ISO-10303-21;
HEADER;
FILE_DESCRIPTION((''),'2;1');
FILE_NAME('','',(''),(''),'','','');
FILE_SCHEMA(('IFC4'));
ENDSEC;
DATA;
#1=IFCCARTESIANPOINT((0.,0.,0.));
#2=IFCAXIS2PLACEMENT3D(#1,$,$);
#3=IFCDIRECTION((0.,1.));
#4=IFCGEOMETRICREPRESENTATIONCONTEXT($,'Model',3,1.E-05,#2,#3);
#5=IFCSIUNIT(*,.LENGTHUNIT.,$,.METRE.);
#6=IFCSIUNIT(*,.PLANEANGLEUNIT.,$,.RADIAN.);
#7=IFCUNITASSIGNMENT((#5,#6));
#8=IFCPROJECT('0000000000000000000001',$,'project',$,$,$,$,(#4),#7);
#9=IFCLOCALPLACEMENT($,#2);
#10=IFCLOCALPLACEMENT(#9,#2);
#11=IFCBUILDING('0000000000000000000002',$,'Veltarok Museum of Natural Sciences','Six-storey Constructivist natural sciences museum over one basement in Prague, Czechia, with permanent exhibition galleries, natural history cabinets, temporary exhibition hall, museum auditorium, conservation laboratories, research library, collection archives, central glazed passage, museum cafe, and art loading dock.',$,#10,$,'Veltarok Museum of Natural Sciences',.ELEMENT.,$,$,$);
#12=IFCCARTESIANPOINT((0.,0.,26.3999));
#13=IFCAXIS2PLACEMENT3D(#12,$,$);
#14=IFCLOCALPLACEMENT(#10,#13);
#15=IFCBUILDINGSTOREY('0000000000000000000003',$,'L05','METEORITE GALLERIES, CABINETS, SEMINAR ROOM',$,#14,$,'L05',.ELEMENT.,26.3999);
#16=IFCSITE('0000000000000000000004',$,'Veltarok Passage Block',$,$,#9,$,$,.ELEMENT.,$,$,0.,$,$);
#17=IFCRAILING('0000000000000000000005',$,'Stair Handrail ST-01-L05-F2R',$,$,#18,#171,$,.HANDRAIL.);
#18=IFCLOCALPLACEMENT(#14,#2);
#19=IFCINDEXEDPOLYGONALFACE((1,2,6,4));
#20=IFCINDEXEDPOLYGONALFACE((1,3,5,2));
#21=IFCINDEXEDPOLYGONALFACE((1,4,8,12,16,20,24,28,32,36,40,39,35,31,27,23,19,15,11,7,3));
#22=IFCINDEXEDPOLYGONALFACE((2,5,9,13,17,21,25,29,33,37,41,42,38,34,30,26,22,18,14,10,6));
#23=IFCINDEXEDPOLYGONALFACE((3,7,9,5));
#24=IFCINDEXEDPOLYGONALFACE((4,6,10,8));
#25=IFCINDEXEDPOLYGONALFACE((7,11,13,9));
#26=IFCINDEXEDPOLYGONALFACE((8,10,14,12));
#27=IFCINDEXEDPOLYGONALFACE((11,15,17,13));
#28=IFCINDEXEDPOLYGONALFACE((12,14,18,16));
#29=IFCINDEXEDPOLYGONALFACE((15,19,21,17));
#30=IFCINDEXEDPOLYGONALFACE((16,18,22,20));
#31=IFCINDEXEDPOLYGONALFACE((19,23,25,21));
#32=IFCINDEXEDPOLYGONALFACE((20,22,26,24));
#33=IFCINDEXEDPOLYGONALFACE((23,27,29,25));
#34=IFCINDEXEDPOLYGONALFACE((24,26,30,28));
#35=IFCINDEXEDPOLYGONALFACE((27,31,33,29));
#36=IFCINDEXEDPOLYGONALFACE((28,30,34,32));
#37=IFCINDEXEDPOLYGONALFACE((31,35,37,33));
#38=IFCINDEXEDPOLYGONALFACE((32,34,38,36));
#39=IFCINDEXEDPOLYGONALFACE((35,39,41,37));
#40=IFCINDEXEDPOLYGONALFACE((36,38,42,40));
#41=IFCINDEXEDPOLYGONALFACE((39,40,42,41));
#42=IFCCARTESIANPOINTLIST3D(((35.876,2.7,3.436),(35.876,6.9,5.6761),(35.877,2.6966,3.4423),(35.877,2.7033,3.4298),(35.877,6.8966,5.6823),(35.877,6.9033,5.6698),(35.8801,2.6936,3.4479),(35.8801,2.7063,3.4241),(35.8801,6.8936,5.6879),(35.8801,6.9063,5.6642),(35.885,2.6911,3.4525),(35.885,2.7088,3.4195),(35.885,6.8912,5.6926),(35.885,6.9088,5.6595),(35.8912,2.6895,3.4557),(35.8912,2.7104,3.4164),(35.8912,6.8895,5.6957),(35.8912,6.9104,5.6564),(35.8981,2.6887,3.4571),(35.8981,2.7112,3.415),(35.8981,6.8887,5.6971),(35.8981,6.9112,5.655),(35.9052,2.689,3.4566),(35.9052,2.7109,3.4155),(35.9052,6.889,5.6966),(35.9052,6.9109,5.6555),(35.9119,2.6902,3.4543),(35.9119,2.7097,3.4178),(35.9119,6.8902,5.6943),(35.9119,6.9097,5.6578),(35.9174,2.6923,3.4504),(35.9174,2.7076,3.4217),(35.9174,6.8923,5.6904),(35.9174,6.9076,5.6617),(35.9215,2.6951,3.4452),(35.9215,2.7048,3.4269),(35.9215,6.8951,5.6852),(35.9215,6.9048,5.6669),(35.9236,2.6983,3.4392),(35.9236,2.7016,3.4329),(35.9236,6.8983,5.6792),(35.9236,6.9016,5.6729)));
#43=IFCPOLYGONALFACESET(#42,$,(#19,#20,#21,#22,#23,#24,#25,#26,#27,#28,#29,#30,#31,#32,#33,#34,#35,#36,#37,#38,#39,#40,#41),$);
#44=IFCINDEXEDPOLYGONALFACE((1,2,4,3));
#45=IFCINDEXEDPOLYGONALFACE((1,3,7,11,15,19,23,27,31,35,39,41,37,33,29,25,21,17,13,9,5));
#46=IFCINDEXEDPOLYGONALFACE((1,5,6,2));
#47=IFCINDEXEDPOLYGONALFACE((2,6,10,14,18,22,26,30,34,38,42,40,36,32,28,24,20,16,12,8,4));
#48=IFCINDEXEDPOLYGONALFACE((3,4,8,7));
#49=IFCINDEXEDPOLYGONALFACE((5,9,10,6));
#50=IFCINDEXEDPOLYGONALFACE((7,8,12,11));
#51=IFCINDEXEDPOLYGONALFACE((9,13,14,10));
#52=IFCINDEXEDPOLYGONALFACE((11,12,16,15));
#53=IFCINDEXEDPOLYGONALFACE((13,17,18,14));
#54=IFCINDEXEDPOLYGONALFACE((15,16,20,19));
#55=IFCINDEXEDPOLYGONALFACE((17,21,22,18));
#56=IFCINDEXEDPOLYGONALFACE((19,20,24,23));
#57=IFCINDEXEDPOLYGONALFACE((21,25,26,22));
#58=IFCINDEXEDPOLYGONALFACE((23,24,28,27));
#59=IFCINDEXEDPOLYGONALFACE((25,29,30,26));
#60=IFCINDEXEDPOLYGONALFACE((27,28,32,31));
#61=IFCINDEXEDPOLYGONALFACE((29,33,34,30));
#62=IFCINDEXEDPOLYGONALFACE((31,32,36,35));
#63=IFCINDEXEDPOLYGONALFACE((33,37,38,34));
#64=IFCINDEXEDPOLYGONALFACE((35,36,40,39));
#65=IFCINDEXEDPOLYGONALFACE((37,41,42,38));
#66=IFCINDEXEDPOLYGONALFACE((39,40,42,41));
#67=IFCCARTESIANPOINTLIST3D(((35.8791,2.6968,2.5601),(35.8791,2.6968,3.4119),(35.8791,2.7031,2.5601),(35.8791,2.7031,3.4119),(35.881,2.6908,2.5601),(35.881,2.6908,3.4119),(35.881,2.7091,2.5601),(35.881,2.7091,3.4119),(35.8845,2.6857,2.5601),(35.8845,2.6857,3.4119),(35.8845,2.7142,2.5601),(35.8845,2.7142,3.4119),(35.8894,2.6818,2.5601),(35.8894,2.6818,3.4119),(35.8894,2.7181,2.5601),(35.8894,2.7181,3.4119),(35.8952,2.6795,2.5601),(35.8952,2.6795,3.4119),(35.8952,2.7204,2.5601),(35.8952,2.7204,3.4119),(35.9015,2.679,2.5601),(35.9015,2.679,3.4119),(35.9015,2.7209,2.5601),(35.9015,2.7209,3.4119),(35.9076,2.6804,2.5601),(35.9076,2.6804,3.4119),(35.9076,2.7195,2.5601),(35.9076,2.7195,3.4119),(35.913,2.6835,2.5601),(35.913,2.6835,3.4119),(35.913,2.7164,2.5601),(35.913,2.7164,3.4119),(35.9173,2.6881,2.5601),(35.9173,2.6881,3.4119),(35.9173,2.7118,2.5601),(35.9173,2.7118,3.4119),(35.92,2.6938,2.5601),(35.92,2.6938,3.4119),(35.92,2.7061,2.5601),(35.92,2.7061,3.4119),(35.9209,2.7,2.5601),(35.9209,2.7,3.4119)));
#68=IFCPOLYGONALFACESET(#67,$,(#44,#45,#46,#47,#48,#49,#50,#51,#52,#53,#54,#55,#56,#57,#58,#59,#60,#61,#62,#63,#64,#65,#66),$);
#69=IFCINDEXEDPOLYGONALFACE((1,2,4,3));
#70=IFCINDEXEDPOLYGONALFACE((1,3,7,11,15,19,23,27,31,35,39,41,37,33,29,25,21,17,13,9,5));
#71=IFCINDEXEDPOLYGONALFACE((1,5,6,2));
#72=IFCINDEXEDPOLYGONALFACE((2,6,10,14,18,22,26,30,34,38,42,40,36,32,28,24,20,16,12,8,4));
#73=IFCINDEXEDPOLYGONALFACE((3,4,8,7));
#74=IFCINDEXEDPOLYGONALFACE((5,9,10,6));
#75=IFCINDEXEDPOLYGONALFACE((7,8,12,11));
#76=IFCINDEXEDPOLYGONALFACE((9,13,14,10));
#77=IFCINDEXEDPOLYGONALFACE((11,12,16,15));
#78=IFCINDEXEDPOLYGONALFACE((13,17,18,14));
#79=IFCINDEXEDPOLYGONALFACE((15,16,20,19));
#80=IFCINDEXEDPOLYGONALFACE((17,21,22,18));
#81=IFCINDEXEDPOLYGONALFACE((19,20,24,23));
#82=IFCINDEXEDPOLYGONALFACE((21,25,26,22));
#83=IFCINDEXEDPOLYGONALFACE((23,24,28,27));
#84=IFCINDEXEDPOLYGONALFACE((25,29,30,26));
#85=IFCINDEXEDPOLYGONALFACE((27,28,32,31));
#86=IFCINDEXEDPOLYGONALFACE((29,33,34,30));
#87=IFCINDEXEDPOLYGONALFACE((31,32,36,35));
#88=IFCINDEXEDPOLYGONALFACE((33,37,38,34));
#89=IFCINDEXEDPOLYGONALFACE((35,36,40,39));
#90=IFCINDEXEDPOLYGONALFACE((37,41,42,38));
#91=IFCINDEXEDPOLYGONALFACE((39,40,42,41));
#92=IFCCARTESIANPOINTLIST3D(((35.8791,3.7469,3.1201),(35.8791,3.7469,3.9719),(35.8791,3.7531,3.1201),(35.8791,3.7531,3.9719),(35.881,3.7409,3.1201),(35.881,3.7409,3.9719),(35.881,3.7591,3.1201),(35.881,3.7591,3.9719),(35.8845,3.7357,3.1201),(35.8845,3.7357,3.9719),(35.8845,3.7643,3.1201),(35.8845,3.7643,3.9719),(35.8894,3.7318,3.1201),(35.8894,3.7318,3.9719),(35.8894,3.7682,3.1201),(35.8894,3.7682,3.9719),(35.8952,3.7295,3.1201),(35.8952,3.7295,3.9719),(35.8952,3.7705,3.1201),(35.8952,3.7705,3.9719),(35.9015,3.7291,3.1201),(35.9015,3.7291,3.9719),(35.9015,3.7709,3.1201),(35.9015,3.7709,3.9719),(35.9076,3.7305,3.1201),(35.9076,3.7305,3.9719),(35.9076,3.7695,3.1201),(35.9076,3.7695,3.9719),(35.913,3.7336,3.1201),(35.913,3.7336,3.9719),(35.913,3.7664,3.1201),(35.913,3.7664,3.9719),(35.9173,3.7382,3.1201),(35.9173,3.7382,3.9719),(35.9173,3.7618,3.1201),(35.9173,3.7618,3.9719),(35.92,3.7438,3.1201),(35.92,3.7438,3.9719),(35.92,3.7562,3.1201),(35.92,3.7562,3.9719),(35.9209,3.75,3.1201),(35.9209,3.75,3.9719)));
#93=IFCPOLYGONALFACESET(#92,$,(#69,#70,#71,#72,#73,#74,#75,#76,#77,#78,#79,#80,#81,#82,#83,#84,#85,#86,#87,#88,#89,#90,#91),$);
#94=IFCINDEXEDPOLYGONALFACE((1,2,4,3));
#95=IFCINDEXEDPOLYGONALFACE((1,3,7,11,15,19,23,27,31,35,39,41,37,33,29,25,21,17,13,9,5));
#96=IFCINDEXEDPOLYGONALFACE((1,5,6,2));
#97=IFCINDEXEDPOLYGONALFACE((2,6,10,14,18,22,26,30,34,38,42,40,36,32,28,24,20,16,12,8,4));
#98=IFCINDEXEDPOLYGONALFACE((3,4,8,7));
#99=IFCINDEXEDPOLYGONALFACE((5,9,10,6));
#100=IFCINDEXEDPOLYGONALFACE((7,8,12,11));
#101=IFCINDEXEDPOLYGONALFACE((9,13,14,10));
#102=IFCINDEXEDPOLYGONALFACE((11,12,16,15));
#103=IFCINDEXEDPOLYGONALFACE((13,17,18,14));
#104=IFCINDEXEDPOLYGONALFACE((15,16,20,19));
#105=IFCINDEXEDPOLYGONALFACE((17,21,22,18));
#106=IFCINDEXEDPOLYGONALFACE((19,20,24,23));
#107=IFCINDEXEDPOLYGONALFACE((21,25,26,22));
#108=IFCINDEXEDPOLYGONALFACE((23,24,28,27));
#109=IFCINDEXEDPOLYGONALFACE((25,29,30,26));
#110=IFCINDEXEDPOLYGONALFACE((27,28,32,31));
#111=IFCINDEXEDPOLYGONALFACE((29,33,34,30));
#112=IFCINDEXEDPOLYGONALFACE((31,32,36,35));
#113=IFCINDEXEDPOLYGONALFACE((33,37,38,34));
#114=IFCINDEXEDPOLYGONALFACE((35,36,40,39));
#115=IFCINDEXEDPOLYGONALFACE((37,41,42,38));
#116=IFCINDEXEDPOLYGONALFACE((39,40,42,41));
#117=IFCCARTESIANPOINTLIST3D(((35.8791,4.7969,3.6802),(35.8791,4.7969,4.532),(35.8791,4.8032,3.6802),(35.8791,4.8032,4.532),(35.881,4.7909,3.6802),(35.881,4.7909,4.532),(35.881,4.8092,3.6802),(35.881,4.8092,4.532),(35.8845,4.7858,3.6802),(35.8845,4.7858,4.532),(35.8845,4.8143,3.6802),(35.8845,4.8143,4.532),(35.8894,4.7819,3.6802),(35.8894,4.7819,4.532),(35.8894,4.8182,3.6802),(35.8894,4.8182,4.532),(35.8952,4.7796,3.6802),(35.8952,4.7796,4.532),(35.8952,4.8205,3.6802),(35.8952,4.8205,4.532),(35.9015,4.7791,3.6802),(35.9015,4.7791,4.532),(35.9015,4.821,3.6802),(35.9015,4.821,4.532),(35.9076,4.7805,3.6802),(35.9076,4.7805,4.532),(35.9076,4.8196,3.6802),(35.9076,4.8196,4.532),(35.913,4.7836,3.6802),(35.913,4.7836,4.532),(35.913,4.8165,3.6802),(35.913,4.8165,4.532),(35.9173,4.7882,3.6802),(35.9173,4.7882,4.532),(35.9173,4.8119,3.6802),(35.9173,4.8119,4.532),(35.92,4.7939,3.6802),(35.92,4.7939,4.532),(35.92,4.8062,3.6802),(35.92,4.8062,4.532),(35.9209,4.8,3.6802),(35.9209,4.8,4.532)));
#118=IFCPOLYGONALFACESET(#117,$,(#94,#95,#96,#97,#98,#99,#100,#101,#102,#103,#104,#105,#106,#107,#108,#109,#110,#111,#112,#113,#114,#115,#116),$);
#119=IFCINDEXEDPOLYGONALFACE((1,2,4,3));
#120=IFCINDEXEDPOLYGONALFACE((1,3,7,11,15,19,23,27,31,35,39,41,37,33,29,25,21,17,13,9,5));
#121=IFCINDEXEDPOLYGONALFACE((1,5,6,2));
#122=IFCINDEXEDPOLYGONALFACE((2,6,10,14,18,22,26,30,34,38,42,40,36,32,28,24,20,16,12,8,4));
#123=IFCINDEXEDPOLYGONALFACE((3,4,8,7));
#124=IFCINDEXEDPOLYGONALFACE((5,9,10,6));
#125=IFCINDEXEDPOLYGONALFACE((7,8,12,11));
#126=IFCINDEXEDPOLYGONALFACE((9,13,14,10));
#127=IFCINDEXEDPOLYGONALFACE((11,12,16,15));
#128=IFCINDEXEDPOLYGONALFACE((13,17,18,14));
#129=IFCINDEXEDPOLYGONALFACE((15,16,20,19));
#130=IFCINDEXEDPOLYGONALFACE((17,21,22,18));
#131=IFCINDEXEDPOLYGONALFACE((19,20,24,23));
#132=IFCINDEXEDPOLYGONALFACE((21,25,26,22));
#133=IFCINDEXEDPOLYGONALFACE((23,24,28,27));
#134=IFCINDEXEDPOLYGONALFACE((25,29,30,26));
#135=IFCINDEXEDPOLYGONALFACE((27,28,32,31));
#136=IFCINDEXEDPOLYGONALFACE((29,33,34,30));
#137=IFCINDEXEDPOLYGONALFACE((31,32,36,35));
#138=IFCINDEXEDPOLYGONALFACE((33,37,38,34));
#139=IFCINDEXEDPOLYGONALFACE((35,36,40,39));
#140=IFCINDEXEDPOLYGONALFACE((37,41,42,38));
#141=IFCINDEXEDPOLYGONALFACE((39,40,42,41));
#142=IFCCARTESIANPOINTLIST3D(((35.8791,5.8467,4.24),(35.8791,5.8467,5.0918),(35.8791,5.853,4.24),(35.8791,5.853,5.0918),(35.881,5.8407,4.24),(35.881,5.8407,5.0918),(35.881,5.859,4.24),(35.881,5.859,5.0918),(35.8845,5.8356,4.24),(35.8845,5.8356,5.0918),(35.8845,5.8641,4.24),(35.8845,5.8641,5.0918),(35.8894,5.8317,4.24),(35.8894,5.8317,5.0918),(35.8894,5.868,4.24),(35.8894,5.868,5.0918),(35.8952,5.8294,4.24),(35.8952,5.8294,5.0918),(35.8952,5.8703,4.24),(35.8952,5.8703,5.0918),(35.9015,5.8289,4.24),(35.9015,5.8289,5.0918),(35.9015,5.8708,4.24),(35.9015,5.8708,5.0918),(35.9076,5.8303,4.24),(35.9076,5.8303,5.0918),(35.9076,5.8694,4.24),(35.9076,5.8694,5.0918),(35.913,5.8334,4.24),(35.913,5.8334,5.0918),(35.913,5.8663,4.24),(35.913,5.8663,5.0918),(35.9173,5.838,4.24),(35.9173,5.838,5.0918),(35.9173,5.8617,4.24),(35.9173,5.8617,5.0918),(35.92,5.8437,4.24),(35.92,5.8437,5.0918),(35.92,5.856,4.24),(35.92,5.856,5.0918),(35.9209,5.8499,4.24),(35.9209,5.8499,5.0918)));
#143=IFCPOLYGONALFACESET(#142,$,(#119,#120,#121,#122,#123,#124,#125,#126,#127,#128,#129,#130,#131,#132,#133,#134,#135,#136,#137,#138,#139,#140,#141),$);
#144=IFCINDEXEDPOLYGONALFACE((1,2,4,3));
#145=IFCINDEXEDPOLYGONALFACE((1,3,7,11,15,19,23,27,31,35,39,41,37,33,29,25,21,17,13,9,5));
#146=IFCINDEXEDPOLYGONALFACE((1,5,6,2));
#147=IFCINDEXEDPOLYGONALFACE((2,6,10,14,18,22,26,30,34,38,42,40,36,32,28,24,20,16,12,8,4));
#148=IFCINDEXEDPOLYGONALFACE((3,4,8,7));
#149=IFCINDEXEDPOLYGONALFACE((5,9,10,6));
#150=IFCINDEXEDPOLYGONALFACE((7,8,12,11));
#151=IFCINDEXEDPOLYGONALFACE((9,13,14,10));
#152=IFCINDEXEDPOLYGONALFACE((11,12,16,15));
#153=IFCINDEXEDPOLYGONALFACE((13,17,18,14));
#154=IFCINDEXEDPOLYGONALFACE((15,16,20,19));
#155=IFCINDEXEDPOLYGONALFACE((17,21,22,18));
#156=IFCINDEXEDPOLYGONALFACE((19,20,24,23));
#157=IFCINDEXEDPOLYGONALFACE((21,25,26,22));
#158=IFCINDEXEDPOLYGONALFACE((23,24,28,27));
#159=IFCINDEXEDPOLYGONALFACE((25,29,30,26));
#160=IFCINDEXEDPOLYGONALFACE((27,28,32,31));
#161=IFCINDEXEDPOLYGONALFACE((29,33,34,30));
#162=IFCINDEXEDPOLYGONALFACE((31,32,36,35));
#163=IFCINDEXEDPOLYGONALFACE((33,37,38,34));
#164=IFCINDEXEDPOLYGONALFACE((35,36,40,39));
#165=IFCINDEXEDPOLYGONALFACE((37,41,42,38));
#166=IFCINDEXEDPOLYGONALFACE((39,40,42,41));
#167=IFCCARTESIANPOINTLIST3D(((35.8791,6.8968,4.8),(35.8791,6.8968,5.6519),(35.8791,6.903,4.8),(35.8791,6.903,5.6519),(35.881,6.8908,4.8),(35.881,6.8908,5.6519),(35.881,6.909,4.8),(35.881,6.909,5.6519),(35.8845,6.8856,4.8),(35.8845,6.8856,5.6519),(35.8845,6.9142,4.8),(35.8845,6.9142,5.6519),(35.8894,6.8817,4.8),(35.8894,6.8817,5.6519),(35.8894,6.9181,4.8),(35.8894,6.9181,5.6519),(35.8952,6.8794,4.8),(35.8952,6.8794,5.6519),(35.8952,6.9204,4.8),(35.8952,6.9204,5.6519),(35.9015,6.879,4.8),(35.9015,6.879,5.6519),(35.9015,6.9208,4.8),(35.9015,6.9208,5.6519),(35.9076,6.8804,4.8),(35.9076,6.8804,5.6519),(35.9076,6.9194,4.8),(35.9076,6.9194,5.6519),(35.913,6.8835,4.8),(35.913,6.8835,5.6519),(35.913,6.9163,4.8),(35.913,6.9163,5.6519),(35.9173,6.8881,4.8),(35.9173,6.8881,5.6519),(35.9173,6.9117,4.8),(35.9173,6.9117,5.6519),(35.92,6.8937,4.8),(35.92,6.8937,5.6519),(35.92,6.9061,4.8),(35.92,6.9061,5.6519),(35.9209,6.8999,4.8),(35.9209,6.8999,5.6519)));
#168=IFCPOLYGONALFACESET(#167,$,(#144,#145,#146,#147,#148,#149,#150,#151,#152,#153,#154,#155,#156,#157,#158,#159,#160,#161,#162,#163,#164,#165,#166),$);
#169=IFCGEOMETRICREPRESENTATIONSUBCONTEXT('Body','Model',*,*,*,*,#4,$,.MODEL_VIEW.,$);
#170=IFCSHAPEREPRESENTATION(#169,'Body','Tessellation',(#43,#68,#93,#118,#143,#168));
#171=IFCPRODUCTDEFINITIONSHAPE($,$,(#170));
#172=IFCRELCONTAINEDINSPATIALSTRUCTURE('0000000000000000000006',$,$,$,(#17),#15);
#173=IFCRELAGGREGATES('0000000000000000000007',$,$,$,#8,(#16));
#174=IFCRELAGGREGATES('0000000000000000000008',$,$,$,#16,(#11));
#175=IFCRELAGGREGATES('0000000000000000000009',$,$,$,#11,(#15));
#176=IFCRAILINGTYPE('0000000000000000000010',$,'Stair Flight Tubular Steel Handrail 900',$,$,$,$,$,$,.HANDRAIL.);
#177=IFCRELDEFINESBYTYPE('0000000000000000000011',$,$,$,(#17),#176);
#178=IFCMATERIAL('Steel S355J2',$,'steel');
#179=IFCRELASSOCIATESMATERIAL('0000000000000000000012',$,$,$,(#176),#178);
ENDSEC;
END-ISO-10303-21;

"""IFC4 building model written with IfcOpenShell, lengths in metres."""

from ifc_helpers import new_model, si_unit, direction, frame, origin, origin_2d, place, context, subcontext, project, spatial, circle, extrude, material, type_object, element, save


model = new_model("IFC4")

# Units and contexts
model_context = context("Model", 3, precision=1e-05, world=origin(), true_north=direction((0.0, 1.0)))
body_context = subcontext(model_context, "Body", "Model", "MODEL_VIEW")
ifc_project = project(units=[si_unit("LENGTHUNIT", "METRE"), si_unit("PLANEANGLEUNIT", "RADIAN")], contexts=[model_context])

# Site, building, storey
site_placement = place(None, origin())
site = spatial("IfcSite", under=ifc_project, at=site_placement, Name="Veltarok Passage Block", CompositionType="ELEMENT", RefElevation=0.0)
building_placement = place(site_placement, origin())
building = spatial("IfcBuilding", under=site, at=building_placement, Name="Veltarok Museum of Natural Sciences", Description="Six-storey Constructivist natural sciences museum over one basement in Prague, Czechia, with permanent exhibition galleries, natural history cabinets, temporary exhibition hall, museum auditorium, conservation laboratories, research library, collection archives, central glazed passage, museum cafe, and art loading dock.", LongName="Veltarok Museum of Natural Sciences", CompositionType="ELEMENT")
storey_placement = place(building_placement, frame((0.0, 0.0, 26.3999)))
storey = spatial("IfcBuildingStorey", under=building, at=storey_placement, Name="L05", Description="METEORITE GALLERIES, CABINETS, SEMINAR ROOM", LongName="L05", CompositionType="ELEMENT", Elevation=26.3999)

# Shared definitions
ifc_material_1 = material(Name="Steel S355J2", Category="steel")

# Railing
railing_type_1 = type_object("IfcRailingType", Name="Stair Flight Tubular Steel Handrail 900", PredefinedType="HANDRAIL", material=ifc_material_1)
for number, where, name in (
    (1, (35.8999, 2.7, 2.5601), "Stair Handrail ST-01-L05-F2R"),
):
    element("IfcRailing", number, at=place(storey_placement, frame(where)), inside=storey, type_object=railing_type_1, Name=name, PredefinedType="HANDRAIL", context=body_context, shape_type="SweptSolid", body=[
        extrude(circle(Radius=0.0239, at=origin_2d()), frame((0.0, 0.0, 0.876), z_axis=(0.0, 0.882352, 0.470591), x_axis=(-1.0, 0.0, 0.0)), (0.0, 0.0, 1.0), 4.76),
        extrude(circle(Radius=0.021, at=origin_2d()), origin(), (0.0, 0.0, 1.0), 0.8518),
        extrude(circle(Radius=0.021, at=origin_2d()), frame((0.0, 1.05, 0.5601)), (0.0, 0.0, 1.0), 0.8518),
        extrude(circle(Radius=0.021, at=origin_2d()), frame((0.0, 2.1001, 1.1201)), (0.0, 0.0, 1.0), 0.8518),
        extrude(circle(Radius=0.021, at=origin_2d()), frame((0.0, 3.1499, 1.6799)), (0.0, 0.0, 1.0), 0.8518),
        extrude(circle(Radius=0.021, at=origin_2d()), frame((0.0, 4.2, 2.24)), (0.0, 0.0, 1.0), 0.8518),
    ])

save(model, "model.ifc")
